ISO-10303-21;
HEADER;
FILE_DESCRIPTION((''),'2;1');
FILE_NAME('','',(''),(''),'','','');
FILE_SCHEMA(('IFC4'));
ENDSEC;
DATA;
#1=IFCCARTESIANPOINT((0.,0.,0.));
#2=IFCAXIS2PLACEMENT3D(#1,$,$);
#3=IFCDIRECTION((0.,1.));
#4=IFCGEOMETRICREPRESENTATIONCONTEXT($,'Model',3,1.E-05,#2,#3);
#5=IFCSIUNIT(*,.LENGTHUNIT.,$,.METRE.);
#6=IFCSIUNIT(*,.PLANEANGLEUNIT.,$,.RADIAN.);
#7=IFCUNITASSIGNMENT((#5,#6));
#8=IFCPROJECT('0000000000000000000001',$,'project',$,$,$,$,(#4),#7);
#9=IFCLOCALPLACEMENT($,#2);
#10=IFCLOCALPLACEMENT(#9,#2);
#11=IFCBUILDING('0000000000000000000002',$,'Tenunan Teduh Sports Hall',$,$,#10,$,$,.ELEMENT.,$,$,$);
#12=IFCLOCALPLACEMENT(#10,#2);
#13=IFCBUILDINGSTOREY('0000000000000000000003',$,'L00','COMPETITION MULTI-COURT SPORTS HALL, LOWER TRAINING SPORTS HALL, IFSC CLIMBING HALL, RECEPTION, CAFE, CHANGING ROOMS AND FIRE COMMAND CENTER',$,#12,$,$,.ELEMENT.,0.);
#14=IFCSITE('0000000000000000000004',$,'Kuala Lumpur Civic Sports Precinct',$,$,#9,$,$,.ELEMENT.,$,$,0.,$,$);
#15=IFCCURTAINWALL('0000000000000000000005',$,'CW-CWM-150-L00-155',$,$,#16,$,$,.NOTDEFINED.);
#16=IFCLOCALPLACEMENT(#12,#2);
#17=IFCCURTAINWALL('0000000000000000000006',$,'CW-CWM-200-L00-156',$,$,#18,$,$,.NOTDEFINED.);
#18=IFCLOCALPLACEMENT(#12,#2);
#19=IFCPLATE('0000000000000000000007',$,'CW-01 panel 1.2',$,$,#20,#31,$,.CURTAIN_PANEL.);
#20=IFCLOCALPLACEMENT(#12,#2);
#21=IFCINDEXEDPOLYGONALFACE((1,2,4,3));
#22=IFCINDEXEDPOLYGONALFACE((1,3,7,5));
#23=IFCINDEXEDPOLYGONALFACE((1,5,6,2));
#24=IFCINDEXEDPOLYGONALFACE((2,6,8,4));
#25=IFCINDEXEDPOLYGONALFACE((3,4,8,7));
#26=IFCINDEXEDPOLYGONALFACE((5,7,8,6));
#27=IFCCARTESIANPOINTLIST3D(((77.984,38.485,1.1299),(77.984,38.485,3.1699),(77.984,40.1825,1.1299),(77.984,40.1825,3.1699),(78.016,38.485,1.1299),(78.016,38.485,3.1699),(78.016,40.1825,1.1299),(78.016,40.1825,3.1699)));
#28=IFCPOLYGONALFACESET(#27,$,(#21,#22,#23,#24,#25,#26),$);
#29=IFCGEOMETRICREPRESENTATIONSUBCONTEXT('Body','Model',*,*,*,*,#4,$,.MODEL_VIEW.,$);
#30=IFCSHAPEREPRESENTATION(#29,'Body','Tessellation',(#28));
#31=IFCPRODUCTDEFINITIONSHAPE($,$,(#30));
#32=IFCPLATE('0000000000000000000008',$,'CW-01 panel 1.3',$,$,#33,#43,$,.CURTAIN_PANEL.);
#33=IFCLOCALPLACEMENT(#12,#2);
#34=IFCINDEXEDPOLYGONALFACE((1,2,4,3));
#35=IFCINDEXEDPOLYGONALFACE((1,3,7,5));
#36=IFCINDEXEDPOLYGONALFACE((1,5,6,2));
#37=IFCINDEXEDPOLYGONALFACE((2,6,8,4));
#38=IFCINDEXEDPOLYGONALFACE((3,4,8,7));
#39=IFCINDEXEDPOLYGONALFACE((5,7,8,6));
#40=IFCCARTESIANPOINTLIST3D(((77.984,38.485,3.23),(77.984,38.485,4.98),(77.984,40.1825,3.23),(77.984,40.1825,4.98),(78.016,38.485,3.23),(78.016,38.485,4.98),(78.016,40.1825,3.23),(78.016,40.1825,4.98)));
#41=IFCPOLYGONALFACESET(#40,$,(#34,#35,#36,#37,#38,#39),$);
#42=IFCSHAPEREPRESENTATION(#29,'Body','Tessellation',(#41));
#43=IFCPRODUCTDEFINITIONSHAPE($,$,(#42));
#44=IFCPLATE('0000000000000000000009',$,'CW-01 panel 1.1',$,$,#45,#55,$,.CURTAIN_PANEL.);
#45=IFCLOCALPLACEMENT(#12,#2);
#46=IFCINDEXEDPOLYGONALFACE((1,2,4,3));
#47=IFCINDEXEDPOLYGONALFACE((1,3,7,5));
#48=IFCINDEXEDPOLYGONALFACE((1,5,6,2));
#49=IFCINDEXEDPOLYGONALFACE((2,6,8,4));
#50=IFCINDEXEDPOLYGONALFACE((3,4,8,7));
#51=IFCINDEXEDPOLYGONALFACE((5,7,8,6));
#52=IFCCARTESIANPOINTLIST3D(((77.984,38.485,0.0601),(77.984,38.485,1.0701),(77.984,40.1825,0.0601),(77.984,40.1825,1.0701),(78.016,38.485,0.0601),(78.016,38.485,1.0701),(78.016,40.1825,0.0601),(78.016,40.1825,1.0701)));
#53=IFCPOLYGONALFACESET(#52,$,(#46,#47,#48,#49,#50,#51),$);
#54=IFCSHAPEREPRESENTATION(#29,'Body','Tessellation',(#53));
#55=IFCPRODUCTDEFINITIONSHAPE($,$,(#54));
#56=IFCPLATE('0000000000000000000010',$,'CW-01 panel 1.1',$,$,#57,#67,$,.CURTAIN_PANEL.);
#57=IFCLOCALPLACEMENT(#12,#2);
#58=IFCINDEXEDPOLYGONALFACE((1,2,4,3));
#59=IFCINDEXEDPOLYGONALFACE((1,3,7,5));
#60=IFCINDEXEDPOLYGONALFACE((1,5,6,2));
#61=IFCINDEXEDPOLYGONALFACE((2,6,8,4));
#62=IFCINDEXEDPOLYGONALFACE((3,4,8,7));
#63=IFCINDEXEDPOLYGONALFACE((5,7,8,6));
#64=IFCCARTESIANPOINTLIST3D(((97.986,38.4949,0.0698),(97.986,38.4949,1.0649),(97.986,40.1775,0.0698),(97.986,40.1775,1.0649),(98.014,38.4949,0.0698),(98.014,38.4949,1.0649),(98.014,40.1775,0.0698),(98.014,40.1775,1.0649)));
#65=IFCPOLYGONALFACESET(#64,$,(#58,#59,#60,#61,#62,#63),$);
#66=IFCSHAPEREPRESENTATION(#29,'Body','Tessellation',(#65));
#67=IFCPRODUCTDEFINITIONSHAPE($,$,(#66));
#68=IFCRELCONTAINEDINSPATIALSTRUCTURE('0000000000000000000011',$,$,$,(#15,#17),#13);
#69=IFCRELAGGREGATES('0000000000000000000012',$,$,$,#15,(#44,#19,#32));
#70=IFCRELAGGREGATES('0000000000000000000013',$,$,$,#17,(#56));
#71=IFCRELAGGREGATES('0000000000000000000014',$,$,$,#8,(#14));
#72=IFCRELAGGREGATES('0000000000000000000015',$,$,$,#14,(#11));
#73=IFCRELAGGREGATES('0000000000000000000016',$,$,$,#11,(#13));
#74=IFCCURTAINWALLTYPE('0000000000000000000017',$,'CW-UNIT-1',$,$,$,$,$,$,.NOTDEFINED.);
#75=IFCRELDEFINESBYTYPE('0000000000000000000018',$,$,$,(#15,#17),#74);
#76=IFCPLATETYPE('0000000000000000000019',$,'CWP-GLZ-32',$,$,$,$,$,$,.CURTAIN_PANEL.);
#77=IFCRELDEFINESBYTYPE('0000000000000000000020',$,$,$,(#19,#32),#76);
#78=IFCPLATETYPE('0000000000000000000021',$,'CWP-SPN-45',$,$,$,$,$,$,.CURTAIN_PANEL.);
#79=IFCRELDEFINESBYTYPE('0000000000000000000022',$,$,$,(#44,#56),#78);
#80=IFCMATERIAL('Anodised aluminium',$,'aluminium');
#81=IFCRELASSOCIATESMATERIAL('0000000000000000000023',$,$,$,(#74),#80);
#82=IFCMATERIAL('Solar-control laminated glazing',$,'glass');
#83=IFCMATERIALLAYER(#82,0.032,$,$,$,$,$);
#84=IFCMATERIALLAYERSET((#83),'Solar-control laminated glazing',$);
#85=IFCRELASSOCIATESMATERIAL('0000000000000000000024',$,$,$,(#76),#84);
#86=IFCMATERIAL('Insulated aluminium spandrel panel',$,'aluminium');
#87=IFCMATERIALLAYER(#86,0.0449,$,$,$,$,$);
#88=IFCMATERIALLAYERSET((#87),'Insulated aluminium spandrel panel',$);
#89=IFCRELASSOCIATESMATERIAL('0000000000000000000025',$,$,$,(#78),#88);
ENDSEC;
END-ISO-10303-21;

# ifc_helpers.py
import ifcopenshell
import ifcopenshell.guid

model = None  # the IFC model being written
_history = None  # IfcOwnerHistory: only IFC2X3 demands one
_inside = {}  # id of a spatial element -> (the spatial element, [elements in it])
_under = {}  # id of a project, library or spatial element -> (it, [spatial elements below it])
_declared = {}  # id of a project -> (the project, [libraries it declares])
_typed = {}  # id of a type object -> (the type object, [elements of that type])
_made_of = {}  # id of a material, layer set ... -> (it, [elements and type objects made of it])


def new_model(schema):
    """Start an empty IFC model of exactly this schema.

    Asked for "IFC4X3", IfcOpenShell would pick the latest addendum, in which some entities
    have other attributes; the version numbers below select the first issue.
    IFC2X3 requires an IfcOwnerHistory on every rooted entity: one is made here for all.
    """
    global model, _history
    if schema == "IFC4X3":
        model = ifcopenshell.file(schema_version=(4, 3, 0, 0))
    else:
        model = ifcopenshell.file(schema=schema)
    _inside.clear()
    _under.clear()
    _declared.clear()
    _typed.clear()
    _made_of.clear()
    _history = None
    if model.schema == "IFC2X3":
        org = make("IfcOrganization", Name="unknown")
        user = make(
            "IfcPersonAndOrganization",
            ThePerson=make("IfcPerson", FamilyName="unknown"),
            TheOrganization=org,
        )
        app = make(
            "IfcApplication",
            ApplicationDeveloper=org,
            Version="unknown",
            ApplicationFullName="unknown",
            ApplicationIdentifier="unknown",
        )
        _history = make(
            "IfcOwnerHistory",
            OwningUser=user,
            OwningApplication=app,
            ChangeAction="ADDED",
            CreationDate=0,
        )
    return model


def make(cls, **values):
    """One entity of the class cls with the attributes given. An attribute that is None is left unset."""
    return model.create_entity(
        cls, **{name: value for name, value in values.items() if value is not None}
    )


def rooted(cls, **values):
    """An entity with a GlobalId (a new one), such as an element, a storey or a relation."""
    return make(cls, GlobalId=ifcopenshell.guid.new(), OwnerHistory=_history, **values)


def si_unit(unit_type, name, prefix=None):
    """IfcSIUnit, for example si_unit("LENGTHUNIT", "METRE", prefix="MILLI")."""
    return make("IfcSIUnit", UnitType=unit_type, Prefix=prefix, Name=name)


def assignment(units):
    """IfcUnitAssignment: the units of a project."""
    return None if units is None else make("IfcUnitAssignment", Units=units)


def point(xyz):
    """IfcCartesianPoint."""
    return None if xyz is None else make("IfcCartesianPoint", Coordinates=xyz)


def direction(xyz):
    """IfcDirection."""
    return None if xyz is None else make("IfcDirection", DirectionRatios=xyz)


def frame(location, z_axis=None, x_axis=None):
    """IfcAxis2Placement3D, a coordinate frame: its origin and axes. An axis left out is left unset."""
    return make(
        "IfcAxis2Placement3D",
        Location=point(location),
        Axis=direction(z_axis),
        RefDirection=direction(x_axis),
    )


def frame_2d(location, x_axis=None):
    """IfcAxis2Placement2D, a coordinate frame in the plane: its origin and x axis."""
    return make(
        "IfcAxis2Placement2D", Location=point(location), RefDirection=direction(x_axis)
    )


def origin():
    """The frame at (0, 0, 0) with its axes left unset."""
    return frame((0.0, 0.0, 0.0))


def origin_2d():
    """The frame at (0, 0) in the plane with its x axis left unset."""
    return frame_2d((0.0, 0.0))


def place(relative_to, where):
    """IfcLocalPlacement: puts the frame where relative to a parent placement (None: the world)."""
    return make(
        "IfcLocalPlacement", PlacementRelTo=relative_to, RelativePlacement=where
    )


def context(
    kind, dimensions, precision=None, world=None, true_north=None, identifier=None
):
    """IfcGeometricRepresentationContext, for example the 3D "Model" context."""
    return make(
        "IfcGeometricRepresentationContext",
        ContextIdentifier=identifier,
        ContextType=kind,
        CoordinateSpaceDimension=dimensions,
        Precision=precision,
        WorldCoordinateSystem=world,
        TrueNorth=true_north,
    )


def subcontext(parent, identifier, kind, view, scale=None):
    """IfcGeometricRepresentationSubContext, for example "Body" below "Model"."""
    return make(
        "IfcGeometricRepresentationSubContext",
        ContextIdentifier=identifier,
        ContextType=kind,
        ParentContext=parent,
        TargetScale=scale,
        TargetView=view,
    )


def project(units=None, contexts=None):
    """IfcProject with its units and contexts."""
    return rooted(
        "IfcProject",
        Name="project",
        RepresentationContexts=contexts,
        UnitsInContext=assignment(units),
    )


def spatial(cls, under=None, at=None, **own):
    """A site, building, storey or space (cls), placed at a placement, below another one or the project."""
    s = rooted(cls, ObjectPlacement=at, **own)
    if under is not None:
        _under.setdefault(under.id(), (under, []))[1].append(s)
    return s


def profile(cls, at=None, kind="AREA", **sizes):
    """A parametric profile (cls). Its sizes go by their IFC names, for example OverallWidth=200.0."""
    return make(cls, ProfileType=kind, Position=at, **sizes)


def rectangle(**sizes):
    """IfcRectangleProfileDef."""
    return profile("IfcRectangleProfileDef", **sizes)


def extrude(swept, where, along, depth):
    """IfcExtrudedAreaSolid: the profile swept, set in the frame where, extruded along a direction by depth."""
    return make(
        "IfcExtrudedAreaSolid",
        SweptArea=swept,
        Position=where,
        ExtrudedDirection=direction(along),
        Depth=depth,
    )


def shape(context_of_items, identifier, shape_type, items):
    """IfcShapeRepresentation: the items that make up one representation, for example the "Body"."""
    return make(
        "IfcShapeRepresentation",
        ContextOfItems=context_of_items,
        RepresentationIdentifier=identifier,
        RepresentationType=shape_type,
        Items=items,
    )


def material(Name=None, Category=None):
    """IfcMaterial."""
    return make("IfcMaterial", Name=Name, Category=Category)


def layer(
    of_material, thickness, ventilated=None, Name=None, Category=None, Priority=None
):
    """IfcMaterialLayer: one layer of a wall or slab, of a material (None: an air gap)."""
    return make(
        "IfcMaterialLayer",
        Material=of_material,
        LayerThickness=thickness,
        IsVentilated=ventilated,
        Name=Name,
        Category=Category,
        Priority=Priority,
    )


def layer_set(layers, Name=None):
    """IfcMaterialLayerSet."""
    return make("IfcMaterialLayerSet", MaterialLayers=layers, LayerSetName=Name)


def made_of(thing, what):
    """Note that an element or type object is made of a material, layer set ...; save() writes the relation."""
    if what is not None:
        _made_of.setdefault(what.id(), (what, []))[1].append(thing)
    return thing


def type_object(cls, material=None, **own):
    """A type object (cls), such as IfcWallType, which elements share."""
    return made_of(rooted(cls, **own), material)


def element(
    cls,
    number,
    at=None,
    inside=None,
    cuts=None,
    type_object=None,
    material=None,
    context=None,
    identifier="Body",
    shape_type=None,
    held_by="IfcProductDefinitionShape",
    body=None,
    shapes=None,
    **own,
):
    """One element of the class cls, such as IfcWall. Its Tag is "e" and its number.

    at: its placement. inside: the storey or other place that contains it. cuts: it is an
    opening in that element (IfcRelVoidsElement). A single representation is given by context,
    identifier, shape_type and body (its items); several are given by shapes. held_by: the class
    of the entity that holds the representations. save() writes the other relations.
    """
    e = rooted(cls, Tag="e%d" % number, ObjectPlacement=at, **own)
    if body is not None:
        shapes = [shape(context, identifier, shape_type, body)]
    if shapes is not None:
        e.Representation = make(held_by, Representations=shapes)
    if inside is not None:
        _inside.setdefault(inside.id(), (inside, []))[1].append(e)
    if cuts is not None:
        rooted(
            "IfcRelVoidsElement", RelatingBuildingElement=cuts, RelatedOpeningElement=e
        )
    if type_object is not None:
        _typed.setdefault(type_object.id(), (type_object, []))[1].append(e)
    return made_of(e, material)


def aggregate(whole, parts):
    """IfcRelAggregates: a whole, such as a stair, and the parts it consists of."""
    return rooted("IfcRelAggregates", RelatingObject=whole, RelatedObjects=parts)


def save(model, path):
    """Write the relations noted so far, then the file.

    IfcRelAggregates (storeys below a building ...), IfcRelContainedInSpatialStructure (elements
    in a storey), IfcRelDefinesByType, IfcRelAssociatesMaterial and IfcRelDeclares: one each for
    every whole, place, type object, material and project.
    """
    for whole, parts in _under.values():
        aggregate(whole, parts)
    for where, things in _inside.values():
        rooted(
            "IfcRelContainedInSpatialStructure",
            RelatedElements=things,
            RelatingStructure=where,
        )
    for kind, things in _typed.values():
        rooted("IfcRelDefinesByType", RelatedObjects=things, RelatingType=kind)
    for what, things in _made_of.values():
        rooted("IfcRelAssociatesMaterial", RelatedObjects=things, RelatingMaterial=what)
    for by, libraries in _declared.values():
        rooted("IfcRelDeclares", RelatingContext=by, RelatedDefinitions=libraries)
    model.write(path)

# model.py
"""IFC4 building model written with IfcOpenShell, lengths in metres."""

from ifc_helpers import new_model, si_unit, direction, frame, origin, origin_2d, place, context, subcontext, project, spatial, rectangle, extrude, material, layer, layer_set, type_object, element, aggregate, save


model = new_model("IFC4")

# Units and contexts
model_context = context("Model", 3, precision=1e-05, world=origin(), true_north=direction((0.0, 1.0)))
body_context = subcontext(model_context, "Body", "Model", "MODEL_VIEW")
ifc_project = project(units=[si_unit("LENGTHUNIT", "METRE"), si_unit("PLANEANGLEUNIT", "RADIAN")], contexts=[model_context])

# Site, building, storey
site_placement = place(None, origin())
site = spatial("IfcSite", under=ifc_project, at=site_placement, Name="Kuala Lumpur Civic Sports Precinct", CompositionType="ELEMENT", RefElevation=0.0)
building_placement = place(site_placement, origin())
building = spatial("IfcBuilding", under=site, at=building_placement, Name="Tenunan Teduh Sports Hall", CompositionType="ELEMENT")
storey_placement = place(building_placement, origin())
storey = spatial("IfcBuildingStorey", under=building, at=storey_placement, Name="L00", Description="COMPETITION MULTI-COURT SPORTS HALL, LOWER TRAINING SPORTS HALL, IFSC CLIMBING HALL, RECEPTION, CAFE, CHANGING ROOMS AND FIRE COMMAND CENTER", CompositionType="ELEMENT", Elevation=0.0)

# Curtain wall
ifc_material_1 = material(Name="Anodised aluminium", Category="aluminium")
curtain_wall_type = type_object("IfcCurtainWallType", Name="CW-UNIT-1", PredefinedType="NOTDEFINED", material=ifc_material_1)
curtain_wall_1_placement = place(storey_placement, origin())
curtain_wall_1 = element("IfcCurtainWall", 1, at=curtain_wall_1_placement, inside=storey, type_object=curtain_wall_type, Name="CW-CWM-150-L00-155", PredefinedType="NOTDEFINED")

# Curtain wall
curtain_wall_2_placement = place(storey_placement, origin())
curtain_wall_2 = element("IfcCurtainWall", 2, at=curtain_wall_2_placement, inside=storey, type_object=curtain_wall_type, Name="CW-CWM-200-L00-156", PredefinedType="NOTDEFINED")

# Plates
ifc_material_2 = material(Name="Solar-control laminated glazing", Category="glass")
ifc_layer_1 = layer(ifc_material_2, 0.032)
ifc_layer_set_1 = layer_set([ifc_layer_1], Name="Solar-control laminated glazing")
plate_type_1 = type_object("IfcPlateType", Name="CWP-GLZ-32", PredefinedType="CURTAIN_PANEL", material=ifc_layer_set_1)
plate_1_placement = place(storey_placement, frame((78.0, 39.3337, 1.1299), z_axis=(0.0, 0.0, 1.0), x_axis=(0.0, 1.0, 0.0)))
plate_1 = element("IfcPlate", 3, at=plate_1_placement, type_object=plate_type_1, Name="CW-01 panel 1.2", PredefinedType="CURTAIN_PANEL", context=body_context, shape_type="SweptSolid", body=[
    extrude(rectangle(XDim=1.6975, YDim=0.032, at=origin_2d()), origin(), (0.0, 0.0, 1.0), 2.04),
])
plate_2_placement = place(storey_placement, frame((78.0, 39.3337, 3.23), z_axis=(0.0, 0.0, 1.0), x_axis=(0.0, 1.0, 0.0)))
plate_2 = element("IfcPlate", 4, at=plate_2_placement, type_object=plate_type_1, Name="CW-01 panel 1.3", PredefinedType="CURTAIN_PANEL", context=body_context, shape_type="SweptSolid", body=[
    extrude(rectangle(XDim=1.6975, YDim=0.032, at=origin_2d()), origin(), (0.0, 0.0, 1.0), 1.75),
])
ifc_material_3 = material(Name="Insulated aluminium spandrel panel", Category="aluminium")
ifc_layer_2 = layer(ifc_material_3, 0.0449)
ifc_layer_set_2 = layer_set([ifc_layer_2], Name="Insulated aluminium spandrel panel")
plate_type_2 = type_object("IfcPlateType", Name="CWP-SPN-45", PredefinedType="CURTAIN_PANEL", material=ifc_layer_set_2)
plate_3_placement = place(storey_placement, frame((78.0, 39.3337, 0.0601), z_axis=(0.0, 0.0, 1.0), x_axis=(0.0, 1.0, 0.0)))
plate_3 = element("IfcPlate", 5, at=plate_3_placement, type_object=plate_type_2, Name="CW-01 panel 1.1", PredefinedType="CURTAIN_PANEL", context=body_context, shape_type="SweptSolid", body=[
    extrude(rectangle(XDim=1.6975, YDim=0.032, at=origin_2d()), origin(), (0.0, 0.0, 1.0), 1.01),
])
aggregate(curtain_wall_1, [plate_3, plate_1, plate_2])
plate_4_placement = place(storey_placement, frame((98.0, 39.3362, 0.0698), z_axis=(0.0, 0.0, 1.0), x_axis=(0.0, 1.0, 0.0)))
plate_4 = element("IfcPlate", 6, at=plate_4_placement, type_object=plate_type_2, Name="CW-01 panel 1.1", PredefinedType="CURTAIN_PANEL", context=body_context, shape_type="SweptSolid", body=[
    extrude(rectangle(XDim=1.6826, YDim=0.0281, at=origin_2d()), origin(), (0.0, 0.0, 1.0), 0.9951),
])
aggregate(curtain_wall_2, [plate_4])

save(model, "model.ifc")
